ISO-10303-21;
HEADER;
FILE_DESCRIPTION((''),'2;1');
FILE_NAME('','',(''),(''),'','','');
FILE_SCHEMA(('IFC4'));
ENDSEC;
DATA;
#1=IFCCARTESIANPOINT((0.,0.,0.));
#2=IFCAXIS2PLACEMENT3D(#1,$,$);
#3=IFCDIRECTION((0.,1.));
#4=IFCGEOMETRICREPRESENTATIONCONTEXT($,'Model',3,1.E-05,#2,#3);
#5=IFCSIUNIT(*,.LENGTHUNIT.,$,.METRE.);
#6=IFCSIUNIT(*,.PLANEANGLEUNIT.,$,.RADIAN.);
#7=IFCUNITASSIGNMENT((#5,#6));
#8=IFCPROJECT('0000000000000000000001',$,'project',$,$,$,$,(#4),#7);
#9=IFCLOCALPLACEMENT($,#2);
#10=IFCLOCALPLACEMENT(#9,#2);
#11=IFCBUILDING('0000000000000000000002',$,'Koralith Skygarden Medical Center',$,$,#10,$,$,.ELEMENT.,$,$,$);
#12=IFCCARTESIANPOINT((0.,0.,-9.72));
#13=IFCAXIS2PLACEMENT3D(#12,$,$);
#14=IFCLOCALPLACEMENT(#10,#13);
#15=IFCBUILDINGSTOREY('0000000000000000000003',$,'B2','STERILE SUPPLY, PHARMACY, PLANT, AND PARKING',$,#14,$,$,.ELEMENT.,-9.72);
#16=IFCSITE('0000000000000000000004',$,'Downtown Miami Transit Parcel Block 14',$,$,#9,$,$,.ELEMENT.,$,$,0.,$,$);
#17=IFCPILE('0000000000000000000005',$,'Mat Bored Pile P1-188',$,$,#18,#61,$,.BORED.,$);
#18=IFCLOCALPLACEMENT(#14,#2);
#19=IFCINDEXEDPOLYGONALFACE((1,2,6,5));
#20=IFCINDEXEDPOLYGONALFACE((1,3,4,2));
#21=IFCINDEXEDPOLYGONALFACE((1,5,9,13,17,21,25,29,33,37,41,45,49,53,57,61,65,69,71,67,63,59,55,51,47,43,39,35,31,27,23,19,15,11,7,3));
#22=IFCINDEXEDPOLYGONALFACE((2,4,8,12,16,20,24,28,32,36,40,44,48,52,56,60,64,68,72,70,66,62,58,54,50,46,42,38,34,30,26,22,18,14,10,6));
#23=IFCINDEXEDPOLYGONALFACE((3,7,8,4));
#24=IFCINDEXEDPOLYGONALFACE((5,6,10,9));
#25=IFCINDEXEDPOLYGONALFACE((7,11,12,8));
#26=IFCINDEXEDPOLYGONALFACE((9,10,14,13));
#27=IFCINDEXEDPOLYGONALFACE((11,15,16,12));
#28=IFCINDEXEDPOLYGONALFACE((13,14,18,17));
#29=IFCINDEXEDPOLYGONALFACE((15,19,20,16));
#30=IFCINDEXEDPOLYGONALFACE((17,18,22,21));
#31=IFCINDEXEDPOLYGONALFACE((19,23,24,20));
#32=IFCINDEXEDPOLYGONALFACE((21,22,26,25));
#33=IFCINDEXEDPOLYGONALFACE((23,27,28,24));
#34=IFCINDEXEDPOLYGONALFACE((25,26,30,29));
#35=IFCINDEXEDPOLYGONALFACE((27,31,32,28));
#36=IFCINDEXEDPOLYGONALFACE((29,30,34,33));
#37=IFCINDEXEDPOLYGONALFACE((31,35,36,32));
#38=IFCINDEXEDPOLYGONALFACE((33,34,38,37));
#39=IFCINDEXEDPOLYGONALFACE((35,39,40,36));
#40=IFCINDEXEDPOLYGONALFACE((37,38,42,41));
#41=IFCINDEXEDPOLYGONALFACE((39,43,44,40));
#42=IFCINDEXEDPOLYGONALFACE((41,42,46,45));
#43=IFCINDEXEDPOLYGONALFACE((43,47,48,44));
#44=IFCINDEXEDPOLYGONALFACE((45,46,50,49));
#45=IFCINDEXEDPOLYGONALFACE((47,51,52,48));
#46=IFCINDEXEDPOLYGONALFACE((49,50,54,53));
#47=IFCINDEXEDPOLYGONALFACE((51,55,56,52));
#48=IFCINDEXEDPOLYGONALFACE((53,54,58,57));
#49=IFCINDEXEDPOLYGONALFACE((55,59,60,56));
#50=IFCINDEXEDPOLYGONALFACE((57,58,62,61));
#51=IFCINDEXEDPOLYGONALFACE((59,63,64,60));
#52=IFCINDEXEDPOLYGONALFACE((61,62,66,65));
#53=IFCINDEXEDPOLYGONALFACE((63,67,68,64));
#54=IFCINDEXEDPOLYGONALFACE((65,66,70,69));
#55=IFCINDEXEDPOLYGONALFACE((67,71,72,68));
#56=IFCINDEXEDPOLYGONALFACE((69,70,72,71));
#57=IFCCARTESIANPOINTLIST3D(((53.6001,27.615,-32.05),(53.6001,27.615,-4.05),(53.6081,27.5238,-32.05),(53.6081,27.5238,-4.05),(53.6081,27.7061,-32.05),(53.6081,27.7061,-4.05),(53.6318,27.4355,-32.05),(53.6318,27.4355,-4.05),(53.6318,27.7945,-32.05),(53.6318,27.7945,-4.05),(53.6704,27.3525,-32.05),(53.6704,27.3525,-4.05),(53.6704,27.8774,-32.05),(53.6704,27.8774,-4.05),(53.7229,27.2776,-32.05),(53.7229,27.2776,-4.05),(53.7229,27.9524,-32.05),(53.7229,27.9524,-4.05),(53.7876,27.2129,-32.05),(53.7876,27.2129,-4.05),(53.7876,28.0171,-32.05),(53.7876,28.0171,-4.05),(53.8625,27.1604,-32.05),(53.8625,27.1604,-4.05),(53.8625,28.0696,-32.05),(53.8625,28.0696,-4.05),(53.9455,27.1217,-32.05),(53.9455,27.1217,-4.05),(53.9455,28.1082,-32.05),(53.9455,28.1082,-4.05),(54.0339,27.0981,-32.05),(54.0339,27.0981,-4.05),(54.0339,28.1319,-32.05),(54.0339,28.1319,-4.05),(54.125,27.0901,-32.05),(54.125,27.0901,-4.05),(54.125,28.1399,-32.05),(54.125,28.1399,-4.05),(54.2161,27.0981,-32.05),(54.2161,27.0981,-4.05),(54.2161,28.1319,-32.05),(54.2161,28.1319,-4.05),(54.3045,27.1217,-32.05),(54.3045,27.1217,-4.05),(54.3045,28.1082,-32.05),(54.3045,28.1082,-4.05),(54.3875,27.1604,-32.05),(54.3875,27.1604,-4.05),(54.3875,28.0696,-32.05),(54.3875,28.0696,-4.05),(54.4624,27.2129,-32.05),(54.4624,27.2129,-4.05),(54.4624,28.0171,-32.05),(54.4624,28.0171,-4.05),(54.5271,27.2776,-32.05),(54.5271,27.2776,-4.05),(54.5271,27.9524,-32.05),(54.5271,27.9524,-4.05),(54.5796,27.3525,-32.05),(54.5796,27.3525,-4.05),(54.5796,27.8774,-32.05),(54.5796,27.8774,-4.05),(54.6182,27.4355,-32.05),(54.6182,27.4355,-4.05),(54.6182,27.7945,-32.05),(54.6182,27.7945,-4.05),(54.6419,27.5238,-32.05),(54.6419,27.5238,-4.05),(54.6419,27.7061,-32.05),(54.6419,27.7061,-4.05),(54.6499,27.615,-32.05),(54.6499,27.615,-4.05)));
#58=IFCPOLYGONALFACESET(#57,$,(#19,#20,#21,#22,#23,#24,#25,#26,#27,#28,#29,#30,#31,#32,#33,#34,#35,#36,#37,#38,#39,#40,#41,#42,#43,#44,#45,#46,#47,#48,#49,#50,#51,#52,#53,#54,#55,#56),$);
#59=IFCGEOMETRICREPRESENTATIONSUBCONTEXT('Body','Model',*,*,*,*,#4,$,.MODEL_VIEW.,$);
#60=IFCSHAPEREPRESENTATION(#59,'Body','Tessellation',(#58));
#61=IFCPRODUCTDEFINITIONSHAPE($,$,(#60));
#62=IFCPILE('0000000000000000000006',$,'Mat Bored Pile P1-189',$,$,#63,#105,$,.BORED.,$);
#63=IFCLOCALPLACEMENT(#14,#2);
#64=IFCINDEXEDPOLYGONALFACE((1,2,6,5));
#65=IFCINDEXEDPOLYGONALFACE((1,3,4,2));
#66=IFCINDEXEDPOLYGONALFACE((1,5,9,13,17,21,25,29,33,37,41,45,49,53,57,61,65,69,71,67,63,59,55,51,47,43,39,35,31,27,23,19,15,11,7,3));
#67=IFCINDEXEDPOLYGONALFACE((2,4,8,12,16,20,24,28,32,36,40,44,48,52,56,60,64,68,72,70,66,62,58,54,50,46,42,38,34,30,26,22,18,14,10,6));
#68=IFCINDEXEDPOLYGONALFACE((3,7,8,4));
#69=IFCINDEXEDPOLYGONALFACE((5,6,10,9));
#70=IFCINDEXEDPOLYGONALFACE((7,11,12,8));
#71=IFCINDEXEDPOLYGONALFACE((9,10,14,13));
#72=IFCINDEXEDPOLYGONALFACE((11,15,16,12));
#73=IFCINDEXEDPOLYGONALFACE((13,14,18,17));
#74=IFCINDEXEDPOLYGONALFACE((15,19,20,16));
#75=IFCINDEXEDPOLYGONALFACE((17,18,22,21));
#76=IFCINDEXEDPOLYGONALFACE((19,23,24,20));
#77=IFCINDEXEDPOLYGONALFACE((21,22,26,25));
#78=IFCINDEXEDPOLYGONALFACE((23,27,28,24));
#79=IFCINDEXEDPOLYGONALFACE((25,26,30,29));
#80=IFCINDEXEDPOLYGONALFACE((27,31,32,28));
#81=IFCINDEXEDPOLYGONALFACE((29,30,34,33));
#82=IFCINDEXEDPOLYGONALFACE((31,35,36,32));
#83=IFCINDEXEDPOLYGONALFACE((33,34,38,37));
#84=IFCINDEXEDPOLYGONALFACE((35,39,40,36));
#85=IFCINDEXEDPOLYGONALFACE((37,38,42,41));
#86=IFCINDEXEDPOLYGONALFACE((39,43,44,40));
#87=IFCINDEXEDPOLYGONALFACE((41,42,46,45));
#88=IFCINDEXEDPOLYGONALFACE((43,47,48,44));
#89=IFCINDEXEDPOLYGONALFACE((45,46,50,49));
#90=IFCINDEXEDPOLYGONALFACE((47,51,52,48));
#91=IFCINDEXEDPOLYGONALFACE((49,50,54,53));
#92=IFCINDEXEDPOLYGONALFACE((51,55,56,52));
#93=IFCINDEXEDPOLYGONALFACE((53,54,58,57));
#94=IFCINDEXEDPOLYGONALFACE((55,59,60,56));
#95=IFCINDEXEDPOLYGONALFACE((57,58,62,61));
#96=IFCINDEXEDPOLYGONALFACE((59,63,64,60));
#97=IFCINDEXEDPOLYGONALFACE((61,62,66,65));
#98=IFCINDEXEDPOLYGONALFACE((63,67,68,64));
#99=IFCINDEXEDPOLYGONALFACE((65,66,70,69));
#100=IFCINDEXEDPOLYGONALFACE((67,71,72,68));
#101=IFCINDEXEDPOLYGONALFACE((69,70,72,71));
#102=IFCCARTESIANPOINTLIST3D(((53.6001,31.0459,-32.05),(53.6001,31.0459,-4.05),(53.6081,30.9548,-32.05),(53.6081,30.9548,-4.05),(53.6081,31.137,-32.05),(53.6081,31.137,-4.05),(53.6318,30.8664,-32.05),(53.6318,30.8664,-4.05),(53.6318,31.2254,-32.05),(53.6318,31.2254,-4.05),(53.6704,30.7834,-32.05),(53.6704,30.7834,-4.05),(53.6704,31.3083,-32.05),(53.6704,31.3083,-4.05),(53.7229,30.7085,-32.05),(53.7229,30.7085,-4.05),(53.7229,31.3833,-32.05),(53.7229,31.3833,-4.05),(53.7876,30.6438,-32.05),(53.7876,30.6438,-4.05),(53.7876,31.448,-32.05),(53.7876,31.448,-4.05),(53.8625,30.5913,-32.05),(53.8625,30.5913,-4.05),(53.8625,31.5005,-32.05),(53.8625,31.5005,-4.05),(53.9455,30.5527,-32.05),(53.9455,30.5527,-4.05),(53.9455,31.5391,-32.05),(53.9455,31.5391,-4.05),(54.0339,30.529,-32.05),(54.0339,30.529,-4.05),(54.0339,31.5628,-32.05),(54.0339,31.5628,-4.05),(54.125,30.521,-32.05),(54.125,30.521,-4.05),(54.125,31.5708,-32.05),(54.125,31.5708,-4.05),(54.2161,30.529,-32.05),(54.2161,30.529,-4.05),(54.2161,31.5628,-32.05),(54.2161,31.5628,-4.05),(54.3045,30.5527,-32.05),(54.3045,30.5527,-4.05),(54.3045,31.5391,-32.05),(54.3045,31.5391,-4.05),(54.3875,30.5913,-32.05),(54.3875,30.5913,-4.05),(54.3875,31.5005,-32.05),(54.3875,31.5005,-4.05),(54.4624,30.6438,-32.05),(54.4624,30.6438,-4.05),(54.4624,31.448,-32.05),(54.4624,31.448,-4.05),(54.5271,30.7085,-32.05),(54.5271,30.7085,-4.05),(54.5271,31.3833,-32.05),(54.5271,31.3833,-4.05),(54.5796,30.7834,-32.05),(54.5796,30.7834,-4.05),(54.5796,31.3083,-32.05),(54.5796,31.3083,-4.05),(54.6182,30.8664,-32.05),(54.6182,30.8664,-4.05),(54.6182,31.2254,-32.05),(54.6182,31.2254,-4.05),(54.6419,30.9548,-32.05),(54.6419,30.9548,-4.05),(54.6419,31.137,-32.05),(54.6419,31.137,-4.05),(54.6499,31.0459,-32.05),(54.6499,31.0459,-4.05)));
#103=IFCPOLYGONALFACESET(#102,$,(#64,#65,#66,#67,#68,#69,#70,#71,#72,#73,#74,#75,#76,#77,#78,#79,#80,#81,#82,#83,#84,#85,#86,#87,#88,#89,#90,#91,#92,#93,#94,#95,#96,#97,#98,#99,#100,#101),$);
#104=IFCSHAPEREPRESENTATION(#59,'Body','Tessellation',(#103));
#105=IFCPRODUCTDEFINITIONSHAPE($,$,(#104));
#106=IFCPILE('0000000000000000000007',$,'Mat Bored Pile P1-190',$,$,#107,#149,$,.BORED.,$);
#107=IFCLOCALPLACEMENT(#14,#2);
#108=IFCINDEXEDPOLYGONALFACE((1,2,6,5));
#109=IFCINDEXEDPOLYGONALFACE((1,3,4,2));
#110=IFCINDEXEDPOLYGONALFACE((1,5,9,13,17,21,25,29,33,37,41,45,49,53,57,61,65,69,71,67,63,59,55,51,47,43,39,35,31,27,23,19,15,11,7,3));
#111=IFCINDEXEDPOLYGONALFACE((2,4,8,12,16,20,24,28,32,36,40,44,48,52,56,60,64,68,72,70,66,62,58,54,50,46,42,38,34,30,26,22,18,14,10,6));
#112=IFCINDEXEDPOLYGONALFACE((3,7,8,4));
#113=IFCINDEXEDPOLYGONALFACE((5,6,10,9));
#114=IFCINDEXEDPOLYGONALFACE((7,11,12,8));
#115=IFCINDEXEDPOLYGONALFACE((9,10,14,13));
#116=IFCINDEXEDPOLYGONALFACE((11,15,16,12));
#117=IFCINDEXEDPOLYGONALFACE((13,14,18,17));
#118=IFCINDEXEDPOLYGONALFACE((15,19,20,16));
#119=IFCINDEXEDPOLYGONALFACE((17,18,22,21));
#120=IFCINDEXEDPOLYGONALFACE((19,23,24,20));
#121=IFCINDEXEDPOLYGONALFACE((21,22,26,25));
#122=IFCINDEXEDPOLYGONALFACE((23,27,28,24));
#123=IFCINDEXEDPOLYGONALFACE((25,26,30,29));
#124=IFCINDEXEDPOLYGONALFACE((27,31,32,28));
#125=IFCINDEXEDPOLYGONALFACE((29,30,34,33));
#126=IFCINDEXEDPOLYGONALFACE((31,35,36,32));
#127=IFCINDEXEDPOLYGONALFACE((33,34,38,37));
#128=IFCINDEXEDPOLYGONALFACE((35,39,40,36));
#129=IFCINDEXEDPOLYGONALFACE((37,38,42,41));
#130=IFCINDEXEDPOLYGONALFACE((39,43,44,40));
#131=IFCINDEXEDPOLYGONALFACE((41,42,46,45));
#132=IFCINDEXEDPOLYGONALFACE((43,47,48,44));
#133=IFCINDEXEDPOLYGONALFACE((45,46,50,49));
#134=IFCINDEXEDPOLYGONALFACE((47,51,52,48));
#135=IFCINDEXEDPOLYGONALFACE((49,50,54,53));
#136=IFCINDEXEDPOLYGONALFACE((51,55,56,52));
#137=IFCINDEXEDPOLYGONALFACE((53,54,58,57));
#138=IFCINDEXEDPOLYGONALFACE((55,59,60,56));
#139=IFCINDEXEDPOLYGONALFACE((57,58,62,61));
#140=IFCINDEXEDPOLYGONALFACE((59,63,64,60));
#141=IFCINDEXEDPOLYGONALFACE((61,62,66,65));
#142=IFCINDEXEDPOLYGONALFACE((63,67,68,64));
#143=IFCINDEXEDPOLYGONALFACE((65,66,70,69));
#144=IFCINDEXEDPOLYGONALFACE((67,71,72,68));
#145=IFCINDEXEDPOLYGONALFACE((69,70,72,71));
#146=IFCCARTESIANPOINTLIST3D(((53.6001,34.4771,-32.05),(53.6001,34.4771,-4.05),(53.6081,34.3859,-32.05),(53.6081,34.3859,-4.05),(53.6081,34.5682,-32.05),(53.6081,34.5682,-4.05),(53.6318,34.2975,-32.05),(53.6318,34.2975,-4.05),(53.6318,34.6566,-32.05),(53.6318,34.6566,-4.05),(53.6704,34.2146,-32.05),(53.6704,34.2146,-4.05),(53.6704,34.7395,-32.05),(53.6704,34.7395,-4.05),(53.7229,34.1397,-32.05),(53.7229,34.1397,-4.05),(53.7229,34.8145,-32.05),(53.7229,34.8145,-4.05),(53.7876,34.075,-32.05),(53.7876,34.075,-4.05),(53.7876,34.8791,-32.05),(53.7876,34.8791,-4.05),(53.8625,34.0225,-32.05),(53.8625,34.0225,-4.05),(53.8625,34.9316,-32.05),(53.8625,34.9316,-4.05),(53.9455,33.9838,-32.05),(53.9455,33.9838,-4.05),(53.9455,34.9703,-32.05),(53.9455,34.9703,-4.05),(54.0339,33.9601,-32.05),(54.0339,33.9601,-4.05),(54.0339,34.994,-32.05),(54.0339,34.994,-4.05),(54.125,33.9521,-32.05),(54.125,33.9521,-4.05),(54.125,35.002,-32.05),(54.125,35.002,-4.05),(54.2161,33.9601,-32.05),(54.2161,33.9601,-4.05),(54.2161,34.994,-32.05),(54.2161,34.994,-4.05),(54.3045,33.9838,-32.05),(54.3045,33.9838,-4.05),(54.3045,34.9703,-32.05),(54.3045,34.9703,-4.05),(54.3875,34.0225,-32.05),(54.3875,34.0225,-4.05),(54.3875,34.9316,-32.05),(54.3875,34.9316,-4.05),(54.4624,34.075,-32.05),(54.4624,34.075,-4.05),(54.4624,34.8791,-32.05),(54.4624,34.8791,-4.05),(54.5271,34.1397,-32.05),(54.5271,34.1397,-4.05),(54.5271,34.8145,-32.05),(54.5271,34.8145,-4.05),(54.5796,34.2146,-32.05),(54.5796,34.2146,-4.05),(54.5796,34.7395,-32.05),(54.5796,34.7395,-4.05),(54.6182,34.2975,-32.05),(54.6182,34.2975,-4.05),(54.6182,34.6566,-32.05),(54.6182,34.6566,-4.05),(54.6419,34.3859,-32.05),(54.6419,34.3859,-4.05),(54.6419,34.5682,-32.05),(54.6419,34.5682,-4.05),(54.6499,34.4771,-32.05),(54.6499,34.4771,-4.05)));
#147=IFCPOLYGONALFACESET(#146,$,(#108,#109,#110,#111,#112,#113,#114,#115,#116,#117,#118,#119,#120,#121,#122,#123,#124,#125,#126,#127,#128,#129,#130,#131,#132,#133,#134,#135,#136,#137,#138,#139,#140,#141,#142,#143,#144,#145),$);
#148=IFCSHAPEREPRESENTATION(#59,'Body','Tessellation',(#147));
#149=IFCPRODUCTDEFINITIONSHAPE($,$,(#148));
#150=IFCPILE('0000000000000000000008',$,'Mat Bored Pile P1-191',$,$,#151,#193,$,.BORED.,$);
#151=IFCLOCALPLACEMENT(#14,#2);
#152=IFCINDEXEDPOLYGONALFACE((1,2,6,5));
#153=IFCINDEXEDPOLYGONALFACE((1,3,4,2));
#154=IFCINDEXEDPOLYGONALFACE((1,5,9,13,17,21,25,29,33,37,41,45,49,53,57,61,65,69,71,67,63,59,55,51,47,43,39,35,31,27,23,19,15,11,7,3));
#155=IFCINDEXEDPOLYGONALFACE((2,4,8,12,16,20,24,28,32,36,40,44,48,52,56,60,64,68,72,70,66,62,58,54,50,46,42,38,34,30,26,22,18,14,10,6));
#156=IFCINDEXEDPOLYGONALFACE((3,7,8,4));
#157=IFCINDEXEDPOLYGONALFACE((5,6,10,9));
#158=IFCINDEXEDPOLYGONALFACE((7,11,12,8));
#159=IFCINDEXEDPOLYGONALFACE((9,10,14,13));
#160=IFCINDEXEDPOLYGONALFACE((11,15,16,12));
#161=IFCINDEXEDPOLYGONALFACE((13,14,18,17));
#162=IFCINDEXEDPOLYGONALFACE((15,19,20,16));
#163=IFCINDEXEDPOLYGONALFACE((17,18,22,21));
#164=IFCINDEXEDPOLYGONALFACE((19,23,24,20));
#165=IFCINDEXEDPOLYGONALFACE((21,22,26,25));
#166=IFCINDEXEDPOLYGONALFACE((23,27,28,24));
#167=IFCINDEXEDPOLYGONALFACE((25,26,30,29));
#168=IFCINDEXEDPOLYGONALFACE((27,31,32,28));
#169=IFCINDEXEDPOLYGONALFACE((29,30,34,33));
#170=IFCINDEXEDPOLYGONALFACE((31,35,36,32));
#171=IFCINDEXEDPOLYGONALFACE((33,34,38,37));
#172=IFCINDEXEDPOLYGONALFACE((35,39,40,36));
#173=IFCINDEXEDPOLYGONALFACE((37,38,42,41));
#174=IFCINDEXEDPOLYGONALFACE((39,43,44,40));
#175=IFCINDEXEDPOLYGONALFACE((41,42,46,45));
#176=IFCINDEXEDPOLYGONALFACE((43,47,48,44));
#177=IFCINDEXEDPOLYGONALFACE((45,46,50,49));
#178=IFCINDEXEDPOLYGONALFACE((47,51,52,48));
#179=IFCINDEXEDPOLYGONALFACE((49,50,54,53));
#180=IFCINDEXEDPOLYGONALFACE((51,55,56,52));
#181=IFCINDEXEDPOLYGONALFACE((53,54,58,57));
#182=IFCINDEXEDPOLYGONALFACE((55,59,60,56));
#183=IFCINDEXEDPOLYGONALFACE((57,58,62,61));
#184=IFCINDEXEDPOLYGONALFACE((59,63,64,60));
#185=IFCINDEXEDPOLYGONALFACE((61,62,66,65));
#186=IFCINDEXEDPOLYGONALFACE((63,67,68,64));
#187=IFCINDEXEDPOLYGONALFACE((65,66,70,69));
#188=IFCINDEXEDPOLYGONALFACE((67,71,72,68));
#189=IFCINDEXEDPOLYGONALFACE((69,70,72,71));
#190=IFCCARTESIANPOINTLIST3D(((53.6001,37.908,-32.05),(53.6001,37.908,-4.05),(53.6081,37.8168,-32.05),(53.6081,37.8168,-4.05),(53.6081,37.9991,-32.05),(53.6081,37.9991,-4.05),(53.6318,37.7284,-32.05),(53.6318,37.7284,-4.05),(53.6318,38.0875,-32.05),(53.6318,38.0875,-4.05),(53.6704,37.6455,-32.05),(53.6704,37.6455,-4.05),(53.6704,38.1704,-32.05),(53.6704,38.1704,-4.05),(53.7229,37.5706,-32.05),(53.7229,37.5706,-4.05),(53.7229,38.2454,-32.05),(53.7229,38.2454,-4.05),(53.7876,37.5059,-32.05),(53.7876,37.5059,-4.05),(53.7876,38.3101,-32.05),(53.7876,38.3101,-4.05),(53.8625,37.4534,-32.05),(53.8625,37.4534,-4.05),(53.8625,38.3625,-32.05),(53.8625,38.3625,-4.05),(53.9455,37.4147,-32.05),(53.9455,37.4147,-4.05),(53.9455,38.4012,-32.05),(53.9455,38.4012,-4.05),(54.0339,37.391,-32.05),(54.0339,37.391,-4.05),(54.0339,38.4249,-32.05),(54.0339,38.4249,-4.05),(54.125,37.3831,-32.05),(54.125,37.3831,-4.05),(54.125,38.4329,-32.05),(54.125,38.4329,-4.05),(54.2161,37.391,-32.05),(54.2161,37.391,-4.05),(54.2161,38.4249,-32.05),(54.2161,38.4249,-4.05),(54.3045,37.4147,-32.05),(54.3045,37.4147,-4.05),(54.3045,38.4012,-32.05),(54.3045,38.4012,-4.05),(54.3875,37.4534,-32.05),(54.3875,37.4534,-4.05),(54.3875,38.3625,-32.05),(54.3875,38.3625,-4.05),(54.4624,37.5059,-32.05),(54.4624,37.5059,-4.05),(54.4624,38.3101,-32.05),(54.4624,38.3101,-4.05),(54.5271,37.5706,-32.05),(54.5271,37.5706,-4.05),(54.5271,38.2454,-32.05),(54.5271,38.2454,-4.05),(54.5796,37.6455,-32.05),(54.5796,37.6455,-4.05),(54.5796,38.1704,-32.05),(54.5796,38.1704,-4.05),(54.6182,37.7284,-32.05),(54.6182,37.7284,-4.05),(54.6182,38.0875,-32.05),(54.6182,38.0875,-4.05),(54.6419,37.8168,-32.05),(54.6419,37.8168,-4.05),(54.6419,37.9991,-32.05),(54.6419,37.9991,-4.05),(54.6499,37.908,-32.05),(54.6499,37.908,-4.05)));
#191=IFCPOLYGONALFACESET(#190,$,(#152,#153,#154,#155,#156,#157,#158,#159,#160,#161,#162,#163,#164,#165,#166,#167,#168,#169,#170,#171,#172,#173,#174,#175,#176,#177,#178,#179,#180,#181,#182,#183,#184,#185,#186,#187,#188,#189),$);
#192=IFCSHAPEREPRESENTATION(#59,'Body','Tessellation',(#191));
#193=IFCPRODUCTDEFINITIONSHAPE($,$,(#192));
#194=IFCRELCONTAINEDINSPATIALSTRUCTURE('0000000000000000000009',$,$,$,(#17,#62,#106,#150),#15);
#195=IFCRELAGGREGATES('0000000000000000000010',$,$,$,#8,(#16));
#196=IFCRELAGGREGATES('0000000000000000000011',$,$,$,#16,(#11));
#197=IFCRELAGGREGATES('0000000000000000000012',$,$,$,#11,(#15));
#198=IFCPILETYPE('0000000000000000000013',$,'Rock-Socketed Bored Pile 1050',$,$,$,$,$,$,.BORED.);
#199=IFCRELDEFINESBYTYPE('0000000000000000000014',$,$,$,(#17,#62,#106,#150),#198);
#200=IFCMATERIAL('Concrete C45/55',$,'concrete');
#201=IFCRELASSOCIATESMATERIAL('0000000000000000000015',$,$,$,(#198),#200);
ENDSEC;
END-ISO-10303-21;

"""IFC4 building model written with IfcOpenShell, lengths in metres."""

from ifc_helpers import new_model, si_unit, direction, frame, origin, origin_2d, place, context, subcontext, project, spatial, circle, extrude, material, material_profile, profile_set, type_object, element, save


model = new_model("IFC4")

# Units and contexts
model_context = context("Model", 3, precision=1e-05, world=origin(), true_north=direction((0.0, 1.0)))
body_context = subcontext(model_context, "Body", "Model", "MODEL_VIEW")
ifc_project = project(units=[si_unit("LENGTHUNIT", "METRE"), si_unit("PLANEANGLEUNIT", "RADIAN")], contexts=[model_context])

# Site, building, storey
site_placement = place(None, origin())
site = spatial("IfcSite", under=ifc_project, at=site_placement, Name="Downtown Miami Transit Parcel Block 14", CompositionType="ELEMENT", RefElevation=0.0)
building_placement = place(site_placement, origin())
building = spatial("IfcBuilding", under=site, at=building_placement, Name="Koralith Skygarden Medical Center", CompositionType="ELEMENT")
storey_placement = place(building_placement, frame((0.0, 0.0, -9.72)))
storey = spatial("IfcBuildingStorey", under=building, at=storey_placement, Name="B2", Description="STERILE SUPPLY, PHARMACY, PLANT, AND PARKING", CompositionType="ELEMENT", Elevation=-9.72)

# Piles
ifc_material_1 = material(Name="Concrete C45/55", Category="concrete")
ifc_material_profile_1 = material_profile(ifc_material_1, circle(Radius=0.5249, at=origin_2d()), Name="PILE1050")
ifc_profile_set_1 = profile_set([ifc_material_profile_1], Name="Concrete C45/55")
pile_type = type_object("IfcPileType", Name="Rock-Socketed Bored Pile 1050", PredefinedType="BORED", material=ifc_profile_set_1)
for number, where, z_axis, x_axis, name in (
    (1, (54.125, 27.615, -4.05), (0.0, 0.0, -1.0), (1.0, 0.0, 0.0), "Mat Bored Pile P1-188"),
    (2, (54.125, 31.0459, -4.05), (0.0, 0.0, -1.0), (1.0, 0.0, 0.0), "Mat Bored Pile P1-189"),
    (3, (54.125, 34.4771, -4.05), (0.0, 0.0, -1.0), (1.0, 0.0, 0.0), "Mat Bored Pile P1-190"),
    (4, (54.125, 37.908, -4.05), (0.0, 0.0, -1.0), (1.0, 0.0, 0.0), "Mat Bored Pile P1-191"),
):
    element("IfcPile", number, at=place(storey_placement, frame(where, z_axis=z_axis, x_axis=x_axis)), inside=storey, type_object=pile_type, Name=name, PredefinedType="BORED", context=body_context, shape_type="SweptSolid", body=[
        extrude(circle(Radius=0.5249, at=origin_2d()), origin(), (0.0, 0.0, 1.0), 28.0),
    ])

save(model, "model.ifc")
